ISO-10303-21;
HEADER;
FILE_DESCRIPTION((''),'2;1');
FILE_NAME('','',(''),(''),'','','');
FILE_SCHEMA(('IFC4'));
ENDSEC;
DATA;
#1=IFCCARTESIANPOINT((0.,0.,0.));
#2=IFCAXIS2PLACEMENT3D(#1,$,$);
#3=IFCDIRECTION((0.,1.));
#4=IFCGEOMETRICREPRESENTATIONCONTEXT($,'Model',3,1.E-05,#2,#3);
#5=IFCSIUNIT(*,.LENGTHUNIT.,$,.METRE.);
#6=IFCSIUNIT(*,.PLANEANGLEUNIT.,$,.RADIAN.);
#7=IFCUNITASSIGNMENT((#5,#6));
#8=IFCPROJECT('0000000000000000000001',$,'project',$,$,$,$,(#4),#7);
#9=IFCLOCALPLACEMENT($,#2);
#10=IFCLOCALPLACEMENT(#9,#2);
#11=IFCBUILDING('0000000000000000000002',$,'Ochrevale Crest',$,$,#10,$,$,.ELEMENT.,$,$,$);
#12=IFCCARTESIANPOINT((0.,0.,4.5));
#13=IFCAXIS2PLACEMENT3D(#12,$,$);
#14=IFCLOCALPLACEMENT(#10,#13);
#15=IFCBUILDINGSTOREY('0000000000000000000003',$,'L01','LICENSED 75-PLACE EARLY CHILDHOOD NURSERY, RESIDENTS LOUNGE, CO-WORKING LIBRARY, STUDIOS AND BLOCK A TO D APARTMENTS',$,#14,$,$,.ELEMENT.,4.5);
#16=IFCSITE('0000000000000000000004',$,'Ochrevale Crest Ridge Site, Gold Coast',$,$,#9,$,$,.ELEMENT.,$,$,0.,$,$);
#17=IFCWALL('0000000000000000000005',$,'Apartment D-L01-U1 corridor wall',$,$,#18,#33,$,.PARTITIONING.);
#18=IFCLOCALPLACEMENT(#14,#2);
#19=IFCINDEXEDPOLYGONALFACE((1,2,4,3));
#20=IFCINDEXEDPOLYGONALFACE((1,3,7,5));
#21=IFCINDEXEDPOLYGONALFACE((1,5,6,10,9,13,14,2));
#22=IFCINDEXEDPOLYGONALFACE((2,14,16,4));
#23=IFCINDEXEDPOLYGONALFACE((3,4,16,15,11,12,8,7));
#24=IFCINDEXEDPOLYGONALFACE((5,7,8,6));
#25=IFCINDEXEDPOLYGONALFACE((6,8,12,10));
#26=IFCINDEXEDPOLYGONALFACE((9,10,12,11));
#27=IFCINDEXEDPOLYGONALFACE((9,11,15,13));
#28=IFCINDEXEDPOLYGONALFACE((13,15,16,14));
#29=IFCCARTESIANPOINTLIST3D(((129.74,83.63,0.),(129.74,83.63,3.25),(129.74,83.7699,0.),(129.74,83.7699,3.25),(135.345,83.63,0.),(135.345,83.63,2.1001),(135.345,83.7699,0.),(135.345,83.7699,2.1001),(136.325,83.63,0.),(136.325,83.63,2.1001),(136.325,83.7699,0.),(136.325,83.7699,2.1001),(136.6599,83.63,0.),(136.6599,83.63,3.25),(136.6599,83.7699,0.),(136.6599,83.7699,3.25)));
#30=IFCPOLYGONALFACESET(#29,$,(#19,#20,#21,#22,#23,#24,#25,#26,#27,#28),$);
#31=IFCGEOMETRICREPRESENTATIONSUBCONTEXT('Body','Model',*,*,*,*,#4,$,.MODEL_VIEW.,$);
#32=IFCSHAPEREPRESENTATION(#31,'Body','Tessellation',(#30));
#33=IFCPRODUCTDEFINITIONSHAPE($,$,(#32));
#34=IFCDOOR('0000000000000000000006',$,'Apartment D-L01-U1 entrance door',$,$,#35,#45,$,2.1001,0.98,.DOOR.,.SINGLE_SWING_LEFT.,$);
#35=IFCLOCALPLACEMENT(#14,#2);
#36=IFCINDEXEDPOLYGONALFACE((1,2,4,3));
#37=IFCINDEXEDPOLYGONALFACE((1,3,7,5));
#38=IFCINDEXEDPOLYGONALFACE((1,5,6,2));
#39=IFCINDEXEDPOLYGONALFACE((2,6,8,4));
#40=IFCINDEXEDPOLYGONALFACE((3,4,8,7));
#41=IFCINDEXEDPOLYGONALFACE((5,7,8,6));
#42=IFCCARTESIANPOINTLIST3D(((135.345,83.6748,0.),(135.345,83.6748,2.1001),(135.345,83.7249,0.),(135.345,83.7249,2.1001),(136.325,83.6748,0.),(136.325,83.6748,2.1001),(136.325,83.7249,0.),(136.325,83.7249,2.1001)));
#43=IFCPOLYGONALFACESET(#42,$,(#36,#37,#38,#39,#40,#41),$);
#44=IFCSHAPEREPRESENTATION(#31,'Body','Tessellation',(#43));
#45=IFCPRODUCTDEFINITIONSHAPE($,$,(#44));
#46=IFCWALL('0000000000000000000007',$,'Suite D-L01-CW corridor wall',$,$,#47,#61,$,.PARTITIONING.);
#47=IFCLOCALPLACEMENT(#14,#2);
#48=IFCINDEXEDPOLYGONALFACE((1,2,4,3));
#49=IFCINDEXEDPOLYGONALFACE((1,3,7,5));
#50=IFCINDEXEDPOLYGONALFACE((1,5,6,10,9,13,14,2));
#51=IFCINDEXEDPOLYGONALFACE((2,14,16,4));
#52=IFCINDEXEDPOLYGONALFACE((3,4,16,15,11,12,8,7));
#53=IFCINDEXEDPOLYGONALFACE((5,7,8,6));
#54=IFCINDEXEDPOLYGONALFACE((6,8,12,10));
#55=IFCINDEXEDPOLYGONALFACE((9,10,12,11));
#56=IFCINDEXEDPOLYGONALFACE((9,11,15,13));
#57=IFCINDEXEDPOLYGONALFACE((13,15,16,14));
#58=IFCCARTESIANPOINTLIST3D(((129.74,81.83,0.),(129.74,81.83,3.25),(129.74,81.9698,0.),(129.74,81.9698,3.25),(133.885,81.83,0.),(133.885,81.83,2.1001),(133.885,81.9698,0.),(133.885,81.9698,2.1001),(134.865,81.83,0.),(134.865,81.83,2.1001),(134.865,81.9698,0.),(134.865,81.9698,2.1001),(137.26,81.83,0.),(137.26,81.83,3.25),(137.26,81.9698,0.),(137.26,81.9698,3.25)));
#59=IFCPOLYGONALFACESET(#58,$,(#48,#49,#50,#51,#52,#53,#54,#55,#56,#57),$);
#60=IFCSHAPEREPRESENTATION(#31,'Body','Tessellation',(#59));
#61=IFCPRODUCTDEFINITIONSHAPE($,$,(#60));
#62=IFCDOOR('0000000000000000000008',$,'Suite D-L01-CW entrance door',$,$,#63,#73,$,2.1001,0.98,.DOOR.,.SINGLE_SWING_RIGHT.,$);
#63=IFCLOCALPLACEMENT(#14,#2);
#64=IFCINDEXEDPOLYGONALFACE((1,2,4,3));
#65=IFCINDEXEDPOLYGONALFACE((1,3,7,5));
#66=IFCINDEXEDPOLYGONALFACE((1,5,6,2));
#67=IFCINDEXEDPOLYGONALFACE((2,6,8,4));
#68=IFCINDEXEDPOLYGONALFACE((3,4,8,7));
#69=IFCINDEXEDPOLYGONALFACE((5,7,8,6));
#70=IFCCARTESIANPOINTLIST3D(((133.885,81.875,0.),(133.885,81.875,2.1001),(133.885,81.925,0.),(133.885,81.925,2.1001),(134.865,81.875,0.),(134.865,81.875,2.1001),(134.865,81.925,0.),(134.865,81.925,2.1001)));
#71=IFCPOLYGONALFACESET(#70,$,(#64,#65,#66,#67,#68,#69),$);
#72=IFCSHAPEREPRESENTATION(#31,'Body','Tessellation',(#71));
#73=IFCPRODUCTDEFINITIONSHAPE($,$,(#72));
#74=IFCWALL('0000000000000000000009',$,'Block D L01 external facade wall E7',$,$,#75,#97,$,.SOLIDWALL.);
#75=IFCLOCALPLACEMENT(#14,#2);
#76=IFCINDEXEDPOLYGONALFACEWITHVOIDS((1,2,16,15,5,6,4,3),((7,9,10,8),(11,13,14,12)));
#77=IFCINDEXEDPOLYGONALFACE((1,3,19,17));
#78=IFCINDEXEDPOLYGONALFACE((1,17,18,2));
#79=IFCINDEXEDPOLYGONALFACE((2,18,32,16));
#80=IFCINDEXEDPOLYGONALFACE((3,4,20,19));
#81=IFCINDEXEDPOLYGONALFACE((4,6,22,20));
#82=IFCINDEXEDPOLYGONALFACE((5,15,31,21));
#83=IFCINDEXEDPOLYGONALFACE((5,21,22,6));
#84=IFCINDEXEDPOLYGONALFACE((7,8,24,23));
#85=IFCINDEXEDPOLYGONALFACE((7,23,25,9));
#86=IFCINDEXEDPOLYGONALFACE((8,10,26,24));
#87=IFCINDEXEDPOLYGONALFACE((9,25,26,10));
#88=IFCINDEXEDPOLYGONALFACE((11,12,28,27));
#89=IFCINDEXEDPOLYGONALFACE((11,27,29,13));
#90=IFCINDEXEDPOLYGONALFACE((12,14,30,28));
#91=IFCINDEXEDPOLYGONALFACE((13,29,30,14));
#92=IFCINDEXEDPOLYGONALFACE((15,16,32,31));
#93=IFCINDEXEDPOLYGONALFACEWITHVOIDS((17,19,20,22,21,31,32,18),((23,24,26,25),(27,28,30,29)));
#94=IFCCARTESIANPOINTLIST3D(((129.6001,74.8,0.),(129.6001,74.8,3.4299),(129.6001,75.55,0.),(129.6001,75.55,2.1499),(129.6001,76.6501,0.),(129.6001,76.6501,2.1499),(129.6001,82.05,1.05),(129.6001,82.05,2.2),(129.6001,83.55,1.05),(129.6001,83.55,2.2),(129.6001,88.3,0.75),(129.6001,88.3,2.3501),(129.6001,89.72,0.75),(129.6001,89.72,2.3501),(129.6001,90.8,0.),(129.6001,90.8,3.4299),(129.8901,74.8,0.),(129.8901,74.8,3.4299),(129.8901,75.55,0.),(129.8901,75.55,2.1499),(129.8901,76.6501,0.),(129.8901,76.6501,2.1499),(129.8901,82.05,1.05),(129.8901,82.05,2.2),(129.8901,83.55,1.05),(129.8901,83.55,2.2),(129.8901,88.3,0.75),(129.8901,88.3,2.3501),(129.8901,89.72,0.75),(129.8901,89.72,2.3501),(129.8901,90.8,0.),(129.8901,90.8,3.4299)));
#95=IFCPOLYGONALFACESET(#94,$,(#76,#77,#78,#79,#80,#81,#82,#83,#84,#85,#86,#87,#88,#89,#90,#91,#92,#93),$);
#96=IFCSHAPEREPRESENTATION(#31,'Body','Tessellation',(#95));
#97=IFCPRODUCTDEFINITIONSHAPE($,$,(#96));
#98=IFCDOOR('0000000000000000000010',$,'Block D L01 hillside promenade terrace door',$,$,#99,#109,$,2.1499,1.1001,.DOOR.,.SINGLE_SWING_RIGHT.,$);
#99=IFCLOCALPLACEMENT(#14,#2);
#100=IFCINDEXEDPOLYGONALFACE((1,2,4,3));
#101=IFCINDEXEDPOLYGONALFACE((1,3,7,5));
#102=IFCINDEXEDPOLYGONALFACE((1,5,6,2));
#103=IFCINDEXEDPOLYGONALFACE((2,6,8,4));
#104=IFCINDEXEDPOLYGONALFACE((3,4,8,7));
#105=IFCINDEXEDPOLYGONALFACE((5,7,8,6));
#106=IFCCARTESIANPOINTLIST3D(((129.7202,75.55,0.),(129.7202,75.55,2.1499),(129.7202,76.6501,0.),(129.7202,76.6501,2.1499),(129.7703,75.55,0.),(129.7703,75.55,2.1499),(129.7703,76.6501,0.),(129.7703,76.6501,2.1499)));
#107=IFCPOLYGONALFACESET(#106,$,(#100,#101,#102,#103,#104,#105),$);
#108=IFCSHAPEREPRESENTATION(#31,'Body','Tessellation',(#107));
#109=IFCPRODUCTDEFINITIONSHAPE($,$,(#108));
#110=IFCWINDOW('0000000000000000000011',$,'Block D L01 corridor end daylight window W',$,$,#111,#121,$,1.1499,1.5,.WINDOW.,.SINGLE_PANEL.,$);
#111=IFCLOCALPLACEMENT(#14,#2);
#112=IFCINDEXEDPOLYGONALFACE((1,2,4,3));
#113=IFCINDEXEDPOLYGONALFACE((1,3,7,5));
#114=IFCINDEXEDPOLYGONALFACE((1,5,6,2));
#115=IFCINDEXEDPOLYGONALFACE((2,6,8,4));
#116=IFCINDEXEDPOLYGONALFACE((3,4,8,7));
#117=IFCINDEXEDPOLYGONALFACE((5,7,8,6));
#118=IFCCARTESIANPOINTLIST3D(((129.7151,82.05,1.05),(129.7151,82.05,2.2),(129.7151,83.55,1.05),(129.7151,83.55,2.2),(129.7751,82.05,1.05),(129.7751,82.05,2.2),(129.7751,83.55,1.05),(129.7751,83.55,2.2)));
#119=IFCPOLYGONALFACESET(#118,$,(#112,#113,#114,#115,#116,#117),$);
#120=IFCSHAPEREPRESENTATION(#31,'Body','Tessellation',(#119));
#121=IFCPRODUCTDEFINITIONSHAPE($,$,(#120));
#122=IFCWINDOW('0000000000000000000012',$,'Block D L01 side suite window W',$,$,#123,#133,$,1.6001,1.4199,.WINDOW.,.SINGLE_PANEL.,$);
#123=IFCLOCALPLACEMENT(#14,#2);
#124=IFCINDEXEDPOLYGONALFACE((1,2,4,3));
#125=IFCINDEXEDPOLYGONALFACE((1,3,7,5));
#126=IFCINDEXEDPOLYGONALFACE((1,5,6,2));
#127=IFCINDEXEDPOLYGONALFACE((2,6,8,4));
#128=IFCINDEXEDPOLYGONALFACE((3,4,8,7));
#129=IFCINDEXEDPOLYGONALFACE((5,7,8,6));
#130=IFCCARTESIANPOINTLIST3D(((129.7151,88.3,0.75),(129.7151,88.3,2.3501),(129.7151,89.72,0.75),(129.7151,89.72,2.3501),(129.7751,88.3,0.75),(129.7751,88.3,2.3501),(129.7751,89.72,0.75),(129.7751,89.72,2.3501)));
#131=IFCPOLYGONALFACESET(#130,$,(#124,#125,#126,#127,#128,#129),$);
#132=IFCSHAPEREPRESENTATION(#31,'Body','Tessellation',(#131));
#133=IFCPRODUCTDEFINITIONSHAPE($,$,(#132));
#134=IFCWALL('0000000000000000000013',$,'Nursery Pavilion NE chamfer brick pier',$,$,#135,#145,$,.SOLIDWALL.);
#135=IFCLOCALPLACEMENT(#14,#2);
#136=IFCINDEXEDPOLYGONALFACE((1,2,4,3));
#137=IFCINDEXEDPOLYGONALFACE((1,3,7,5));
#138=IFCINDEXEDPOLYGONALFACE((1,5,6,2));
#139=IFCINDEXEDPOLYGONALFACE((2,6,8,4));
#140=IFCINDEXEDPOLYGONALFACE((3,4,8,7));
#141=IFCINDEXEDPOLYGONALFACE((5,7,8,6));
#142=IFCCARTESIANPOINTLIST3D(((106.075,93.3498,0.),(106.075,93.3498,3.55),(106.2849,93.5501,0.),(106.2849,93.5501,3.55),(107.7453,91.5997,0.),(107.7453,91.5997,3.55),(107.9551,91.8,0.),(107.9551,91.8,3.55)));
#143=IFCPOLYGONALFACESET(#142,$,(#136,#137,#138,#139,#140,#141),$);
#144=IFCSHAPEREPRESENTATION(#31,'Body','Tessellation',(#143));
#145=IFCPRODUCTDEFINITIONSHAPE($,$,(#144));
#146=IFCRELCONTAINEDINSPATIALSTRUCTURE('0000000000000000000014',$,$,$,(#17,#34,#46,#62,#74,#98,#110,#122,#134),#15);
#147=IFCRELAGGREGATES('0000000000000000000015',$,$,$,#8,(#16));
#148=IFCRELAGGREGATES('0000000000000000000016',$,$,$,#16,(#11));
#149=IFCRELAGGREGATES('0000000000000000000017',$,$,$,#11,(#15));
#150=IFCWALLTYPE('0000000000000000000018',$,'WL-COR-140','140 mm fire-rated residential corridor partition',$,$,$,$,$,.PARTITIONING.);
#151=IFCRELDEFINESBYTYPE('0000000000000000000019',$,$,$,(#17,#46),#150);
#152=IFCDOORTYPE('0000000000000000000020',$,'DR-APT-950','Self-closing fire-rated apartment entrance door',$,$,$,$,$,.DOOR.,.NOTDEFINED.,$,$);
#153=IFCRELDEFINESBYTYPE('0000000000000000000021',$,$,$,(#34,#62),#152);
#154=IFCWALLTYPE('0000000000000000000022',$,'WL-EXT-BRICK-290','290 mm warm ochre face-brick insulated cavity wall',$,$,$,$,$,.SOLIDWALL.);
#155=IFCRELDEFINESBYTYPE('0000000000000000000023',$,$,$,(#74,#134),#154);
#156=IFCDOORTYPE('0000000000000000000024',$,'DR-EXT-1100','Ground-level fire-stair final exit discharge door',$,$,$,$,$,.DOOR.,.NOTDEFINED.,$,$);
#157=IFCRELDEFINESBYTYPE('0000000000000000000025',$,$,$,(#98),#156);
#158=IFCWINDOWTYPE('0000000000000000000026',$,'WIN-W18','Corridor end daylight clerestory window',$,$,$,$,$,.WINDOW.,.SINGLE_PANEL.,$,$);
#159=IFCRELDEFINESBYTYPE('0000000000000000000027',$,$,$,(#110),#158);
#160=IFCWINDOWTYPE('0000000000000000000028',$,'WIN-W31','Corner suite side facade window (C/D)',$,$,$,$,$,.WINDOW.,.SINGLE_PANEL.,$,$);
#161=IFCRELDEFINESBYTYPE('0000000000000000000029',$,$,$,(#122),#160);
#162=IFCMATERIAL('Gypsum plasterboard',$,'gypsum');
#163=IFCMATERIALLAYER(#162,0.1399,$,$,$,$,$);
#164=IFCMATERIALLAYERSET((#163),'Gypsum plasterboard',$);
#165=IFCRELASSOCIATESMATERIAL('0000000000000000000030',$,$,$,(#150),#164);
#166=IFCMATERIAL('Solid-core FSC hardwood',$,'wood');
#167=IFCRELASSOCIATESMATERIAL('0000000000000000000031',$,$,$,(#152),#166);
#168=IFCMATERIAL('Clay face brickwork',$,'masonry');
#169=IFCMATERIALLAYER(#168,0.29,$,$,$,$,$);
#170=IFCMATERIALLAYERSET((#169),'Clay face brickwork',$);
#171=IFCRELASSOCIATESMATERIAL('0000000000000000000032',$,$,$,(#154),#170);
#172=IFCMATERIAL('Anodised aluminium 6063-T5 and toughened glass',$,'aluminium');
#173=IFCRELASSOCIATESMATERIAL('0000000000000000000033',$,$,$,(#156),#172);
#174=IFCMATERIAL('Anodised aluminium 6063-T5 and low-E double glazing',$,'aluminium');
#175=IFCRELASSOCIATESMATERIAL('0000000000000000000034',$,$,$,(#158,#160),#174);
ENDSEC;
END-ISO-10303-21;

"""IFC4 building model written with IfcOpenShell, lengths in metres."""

from ifc_helpers import new_model, si_unit, direction, frame, frame_2d, origin, place, context, subcontext, project, spatial, rectangle, extrude, material, layer, layer_set, type_object, element, fill, save


model = new_model("IFC4")

# Units and contexts
model_context = context("Model", 3, precision=1e-05, world=origin(), true_north=direction((0.0, 1.0)))
body_context = subcontext(model_context, "Body", "Model", "MODEL_VIEW")
ifc_project = project(units=[si_unit("LENGTHUNIT", "METRE"), si_unit("PLANEANGLEUNIT", "RADIAN")], contexts=[model_context])

# Site, building, storey
site_placement = place(None, origin())
site = spatial("IfcSite", under=ifc_project, at=site_placement, Name="Ochrevale Crest Ridge Site, Gold Coast", CompositionType="ELEMENT", RefElevation=0.0)
building_placement = place(site_placement, origin())
building = spatial("IfcBuilding", under=site, at=building_placement, Name="Ochrevale Crest", CompositionType="ELEMENT")
storey_placement = place(building_placement, frame((0.0, 0.0, 4.5)))
storey = spatial("IfcBuildingStorey", under=building, at=storey_placement, Name="L01", Description="LICENSED 75-PLACE EARLY CHILDHOOD NURSERY, RESIDENTS LOUNGE, CO-WORKING LIBRARY, STUDIOS AND BLOCK A TO D APARTMENTS", CompositionType="ELEMENT", Elevation=4.5)

# Walls, openings, doors
ifc_material_1 = material(Name="Gypsum plasterboard", Category="gypsum")
ifc_layer_1 = layer(ifc_material_1, 0.1399)
ifc_layer_set_1 = layer_set([ifc_layer_1], Name="Gypsum plasterboard")
wall_type_1 = type_object("IfcWallType", Name="WL-COR-140", Description="140 mm fire-rated residential corridor partition", PredefinedType="PARTITIONING", material=ifc_layer_set_1)
wall_1_placement = place(storey_placement, frame((129.74, 83.7, 0.0), z_axis=(0.0, 0.0, 1.0), x_axis=(1.0, 0.0, 0.0)))
wall_1 = element("IfcWall", 1, at=wall_1_placement, inside=storey, type_object=wall_type_1, Name="Apartment D-L01-U1 corridor wall", PredefinedType="PARTITIONING", context=body_context, shape_type="SweptSolid", body=[
    extrude(rectangle(XDim=6.9199, YDim=0.1399, at=frame_2d((3.46, 0.0))), origin(), (0.0, 0.0, 1.0), 3.25),
])
opening_1_placement = place(wall_1_placement, frame((5.605, 0.0, 0.0)))
opening_1 = element("IfcOpeningElement", 2, at=opening_1_placement, cuts=wall_1, PredefinedType="OPENING", context=body_context, shape_type="SweptSolid", body=[
    extrude(rectangle(XDim=0.98, YDim=2.1001, at=frame_2d((0.49, 1.05))), frame((0.0, 0.0801, 0.0), z_axis=(0.0, -1.0, 0.0), x_axis=(1.0, 0.0, 0.0)), (0.0, 0.0, 1.0), 0.1599),
])
ifc_material_2 = material(Name="Solid-core FSC hardwood", Category="wood")
door_type_1 = type_object("IfcDoorType", Name="DR-APT-950", Description="Self-closing fire-rated apartment entrance door", OperationType="NOTDEFINED", PredefinedType="DOOR", material=ifc_material_2)
door_1_placement = place(opening_1_placement, origin())
door_1 = element("IfcDoor", 3, at=door_1_placement, inside=storey, type_object=door_type_1, Name="Apartment D-L01-U1 entrance door", OperationType="SINGLE_SWING_LEFT", OverallHeight=2.1001, OverallWidth=0.98, PredefinedType="DOOR", context=body_context, shape_type="SweptSolid", body=[
    extrude(rectangle(XDim=0.98, YDim=2.1001, at=frame_2d((0.49, 1.05))), frame((0.0, 0.0249, 0.0), z_axis=(0.0, -1.0, 0.0), x_axis=(1.0, 0.0, 0.0)), (0.0, 0.0, 1.0), 0.05),
])
fill(opening_1, door_1)
wall_2_placement = place(storey_placement, frame((129.74, 81.8999, 0.0), z_axis=(0.0, 0.0, 1.0), x_axis=(1.0, 0.0, 0.0)))
wall_2 = element("IfcWall", 4, at=wall_2_placement, inside=storey, type_object=wall_type_1, Name="Suite D-L01-CW corridor wall", PredefinedType="PARTITIONING", context=body_context, shape_type="SweptSolid", body=[
    extrude(rectangle(XDim=7.52, YDim=0.1399, at=frame_2d((3.76, 0.0))), origin(), (0.0, 0.0, 1.0), 3.25),
])
opening_2_placement = place(wall_2_placement, frame((5.125, 0.0, 0.0), z_axis=(0.0, 0.0, 1.0), x_axis=(-1.0, 0.0, 0.0)))
opening_2 = element("IfcOpeningElement", 5, at=opening_2_placement, cuts=wall_2, PredefinedType="OPENING", context=body_context, shape_type="SweptSolid", body=[
    extrude(rectangle(XDim=0.98, YDim=2.1001, at=frame_2d((0.49, 1.05))), frame((0.0, 0.0801, 0.0), z_axis=(0.0, -1.0, 0.0), x_axis=(1.0, 0.0, 0.0)), (0.0, 0.0, 1.0), 0.1599),
])
door_2_placement = place(opening_2_placement, origin())
door_2 = element("IfcDoor", 6, at=door_2_placement, inside=storey, type_object=door_type_1, Name="Suite D-L01-CW entrance door", OperationType="SINGLE_SWING_RIGHT", OverallHeight=2.1001, OverallWidth=0.98, PredefinedType="DOOR", context=body_context, shape_type="SweptSolid", body=[
    extrude(rectangle(XDim=0.98, YDim=2.1001, at=frame_2d((0.49, 1.05))), frame((0.0, 0.0249, 0.0), z_axis=(0.0, -1.0, 0.0), x_axis=(1.0, 0.0, 0.0)), (0.0, 0.0, 1.0), 0.05),
])
fill(opening_2, door_2)

# Wall, openings, door, windows
ifc_material_3 = material(Name="Clay face brickwork", Category="masonry")
ifc_layer_2 = layer(ifc_material_3, 0.29)
ifc_layer_set_2 = layer_set([ifc_layer_2], Name="Clay face brickwork")
wall_type_2 = type_object("IfcWallType", Name="WL-EXT-BRICK-290", Description="290 mm warm ochre face-brick insulated cavity wall", PredefinedType="SOLIDWALL", material=ifc_layer_set_2)
wall_3_placement = place(storey_placement, frame((129.7451, 90.8, 0.0), z_axis=(0.0, 0.0, 1.0), x_axis=(0.0, -1.0, 0.0)))
wall_3 = element("IfcWall", 7, at=wall_3_placement, inside=storey, type_object=wall_type_2, Name="Block D L01 external facade wall E7", PredefinedType="SOLIDWALL", context=body_context, shape_type="SweptSolid", body=[
    extrude(rectangle(XDim=16.0, YDim=0.29, at=frame_2d((8.0, 0.0))), origin(), (0.0, 0.0, 1.0), 3.4299),
])
opening_3_placement = place(wall_3_placement, frame((15.25, 0.0, 0.0), z_axis=(0.0, 0.0, 1.0), x_axis=(-1.0, 0.0, 0.0)))
opening_3 = element("IfcOpeningElement", 8, at=opening_3_placement, cuts=wall_3, PredefinedType="OPENING", context=body_context, shape_type="SweptSolid", body=[
    extrude(rectangle(XDim=1.1001, YDim=2.1499, at=frame_2d((0.55, 1.075))), frame((0.0, 0.155, 0.0), z_axis=(0.0, -1.0, 0.0), x_axis=(1.0, 0.0, 0.0)), (0.0, 0.0, 1.0), 0.3101),
])
opening_4_placement = place(wall_3_placement, frame((7.25, 0.0, 1.05)))
opening_4 = element("IfcOpeningElement", 9, at=opening_4_placement, cuts=wall_3, PredefinedType="OPENING", context=body_context, shape_type="SweptSolid", body=[
    extrude(rectangle(XDim=1.5, YDim=1.1499, at=frame_2d((0.75, 0.575))), frame((0.0, 0.155, 0.0), z_axis=(0.0, -1.0, 0.0), x_axis=(1.0, 0.0, 0.0)), (0.0, 0.0, 1.0), 0.3101),
])
opening_5_placement = place(wall_3_placement, frame((1.0801, 0.0, 0.75)))
opening_5 = element("IfcOpeningElement", 10, at=opening_5_placement, cuts=wall_3, PredefinedType="OPENING", context=body_context, shape_type="SweptSolid", body=[
    extrude(rectangle(XDim=1.4199, YDim=1.6001, at=frame_2d((0.71, 0.8))), frame((0.0, 0.155, 0.0), z_axis=(0.0, -1.0, 0.0), x_axis=(1.0, 0.0, 0.0)), (0.0, 0.0, 1.0), 0.3101),
])
ifc_material_4 = material(Name="Anodised aluminium 6063-T5 and toughened glass", Category="aluminium")
door_type_2 = type_object("IfcDoorType", Name="DR-EXT-1100", Description="Ground-level fire-stair final exit discharge door", OperationType="NOTDEFINED", PredefinedType="DOOR", material=ifc_material_4)
door_3_placement = place(opening_3_placement, origin())
door_3 = element("IfcDoor", 11, at=door_3_placement, inside=storey, type_object=door_type_2, Name="Block D L01 hillside promenade terrace door", OperationType="SINGLE_SWING_RIGHT", OverallHeight=2.1499, OverallWidth=1.1001, PredefinedType="DOOR", context=body_context, shape_type="SweptSolid", body=[
    extrude(rectangle(XDim=1.1001, YDim=2.1499, at=frame_2d((0.55, 1.075))), frame((0.0, 0.0249, 0.0), z_axis=(0.0, -1.0, 0.0), x_axis=(1.0, 0.0, 0.0)), (0.0, 0.0, 1.0), 0.05),
])
fill(opening_3, door_3)
ifc_material_5 = material(Name="Anodised aluminium 6063-T5 and low-E double glazing", Category="aluminium")
window_type_1 = type_object("IfcWindowType", Name="WIN-W18", Description="Corridor end daylight clerestory window", PartitioningType="SINGLE_PANEL", PredefinedType="WINDOW", material=ifc_material_5)
window_1_placement = place(opening_4_placement, origin())
window_1 = element("IfcWindow", 12, at=window_1_placement, inside=storey, type_object=window_type_1, Name="Block D L01 corridor end daylight window W", OverallHeight=1.1499, OverallWidth=1.5, PartitioningType="SINGLE_PANEL", PredefinedType="WINDOW", context=body_context, shape_type="SweptSolid", body=[
    extrude(rectangle(XDim=1.5, YDim=1.1499, at=frame_2d((0.75, 0.575))), frame((0.0, 0.03, 0.0), z_axis=(0.0, -1.0, 0.0), x_axis=(1.0, 0.0, 0.0)), (0.0, 0.0, 1.0), 0.0601),
])
fill(opening_4, window_1)
window_type_2 = type_object("IfcWindowType", Name="WIN-W31", Description="Corner suite side facade window (C/D)", PartitioningType="SINGLE_PANEL", PredefinedType="WINDOW", material=ifc_material_5)
window_2_placement = place(opening_5_placement, origin())
window_2 = element("IfcWindow", 13, at=window_2_placement, inside=storey, type_object=window_type_2, Name="Block D L01 side suite window W", OverallHeight=1.6001, OverallWidth=1.4199, PartitioningType="SINGLE_PANEL", PredefinedType="WINDOW", context=body_context, shape_type="SweptSolid", body=[
    extrude(rectangle(XDim=1.4199, YDim=1.6001, at=frame_2d((0.71, 0.8))), frame((0.0, 0.03, 0.0), z_axis=(0.0, -1.0, 0.0), x_axis=(1.0, 0.0, 0.0)), (0.0, 0.0, 1.0), 0.0601),
])
fill(opening_5, window_2)

# Wall
wall_4_placement = place(storey_placement, frame((107.8501, 91.7, 0.0), z_axis=(0.0, 0.0, 1.0), x_axis=(-0.690413, 0.723415, 0.0)))
element("IfcWall", 14, at=wall_4_placement, inside=storey, type_object=wall_type_2, Name="Nursery Pavilion NE chamfer brick pier", PredefinedType="SOLIDWALL", context=body_context, shape_type="SweptSolid", body=[
    extrude(rectangle(XDim=2.4192, YDim=0.29, at=frame_2d((1.2095, 0.0))), origin(), (0.0, 0.0, 1.0), 3.55),
])

save(model, "model.ifc")
